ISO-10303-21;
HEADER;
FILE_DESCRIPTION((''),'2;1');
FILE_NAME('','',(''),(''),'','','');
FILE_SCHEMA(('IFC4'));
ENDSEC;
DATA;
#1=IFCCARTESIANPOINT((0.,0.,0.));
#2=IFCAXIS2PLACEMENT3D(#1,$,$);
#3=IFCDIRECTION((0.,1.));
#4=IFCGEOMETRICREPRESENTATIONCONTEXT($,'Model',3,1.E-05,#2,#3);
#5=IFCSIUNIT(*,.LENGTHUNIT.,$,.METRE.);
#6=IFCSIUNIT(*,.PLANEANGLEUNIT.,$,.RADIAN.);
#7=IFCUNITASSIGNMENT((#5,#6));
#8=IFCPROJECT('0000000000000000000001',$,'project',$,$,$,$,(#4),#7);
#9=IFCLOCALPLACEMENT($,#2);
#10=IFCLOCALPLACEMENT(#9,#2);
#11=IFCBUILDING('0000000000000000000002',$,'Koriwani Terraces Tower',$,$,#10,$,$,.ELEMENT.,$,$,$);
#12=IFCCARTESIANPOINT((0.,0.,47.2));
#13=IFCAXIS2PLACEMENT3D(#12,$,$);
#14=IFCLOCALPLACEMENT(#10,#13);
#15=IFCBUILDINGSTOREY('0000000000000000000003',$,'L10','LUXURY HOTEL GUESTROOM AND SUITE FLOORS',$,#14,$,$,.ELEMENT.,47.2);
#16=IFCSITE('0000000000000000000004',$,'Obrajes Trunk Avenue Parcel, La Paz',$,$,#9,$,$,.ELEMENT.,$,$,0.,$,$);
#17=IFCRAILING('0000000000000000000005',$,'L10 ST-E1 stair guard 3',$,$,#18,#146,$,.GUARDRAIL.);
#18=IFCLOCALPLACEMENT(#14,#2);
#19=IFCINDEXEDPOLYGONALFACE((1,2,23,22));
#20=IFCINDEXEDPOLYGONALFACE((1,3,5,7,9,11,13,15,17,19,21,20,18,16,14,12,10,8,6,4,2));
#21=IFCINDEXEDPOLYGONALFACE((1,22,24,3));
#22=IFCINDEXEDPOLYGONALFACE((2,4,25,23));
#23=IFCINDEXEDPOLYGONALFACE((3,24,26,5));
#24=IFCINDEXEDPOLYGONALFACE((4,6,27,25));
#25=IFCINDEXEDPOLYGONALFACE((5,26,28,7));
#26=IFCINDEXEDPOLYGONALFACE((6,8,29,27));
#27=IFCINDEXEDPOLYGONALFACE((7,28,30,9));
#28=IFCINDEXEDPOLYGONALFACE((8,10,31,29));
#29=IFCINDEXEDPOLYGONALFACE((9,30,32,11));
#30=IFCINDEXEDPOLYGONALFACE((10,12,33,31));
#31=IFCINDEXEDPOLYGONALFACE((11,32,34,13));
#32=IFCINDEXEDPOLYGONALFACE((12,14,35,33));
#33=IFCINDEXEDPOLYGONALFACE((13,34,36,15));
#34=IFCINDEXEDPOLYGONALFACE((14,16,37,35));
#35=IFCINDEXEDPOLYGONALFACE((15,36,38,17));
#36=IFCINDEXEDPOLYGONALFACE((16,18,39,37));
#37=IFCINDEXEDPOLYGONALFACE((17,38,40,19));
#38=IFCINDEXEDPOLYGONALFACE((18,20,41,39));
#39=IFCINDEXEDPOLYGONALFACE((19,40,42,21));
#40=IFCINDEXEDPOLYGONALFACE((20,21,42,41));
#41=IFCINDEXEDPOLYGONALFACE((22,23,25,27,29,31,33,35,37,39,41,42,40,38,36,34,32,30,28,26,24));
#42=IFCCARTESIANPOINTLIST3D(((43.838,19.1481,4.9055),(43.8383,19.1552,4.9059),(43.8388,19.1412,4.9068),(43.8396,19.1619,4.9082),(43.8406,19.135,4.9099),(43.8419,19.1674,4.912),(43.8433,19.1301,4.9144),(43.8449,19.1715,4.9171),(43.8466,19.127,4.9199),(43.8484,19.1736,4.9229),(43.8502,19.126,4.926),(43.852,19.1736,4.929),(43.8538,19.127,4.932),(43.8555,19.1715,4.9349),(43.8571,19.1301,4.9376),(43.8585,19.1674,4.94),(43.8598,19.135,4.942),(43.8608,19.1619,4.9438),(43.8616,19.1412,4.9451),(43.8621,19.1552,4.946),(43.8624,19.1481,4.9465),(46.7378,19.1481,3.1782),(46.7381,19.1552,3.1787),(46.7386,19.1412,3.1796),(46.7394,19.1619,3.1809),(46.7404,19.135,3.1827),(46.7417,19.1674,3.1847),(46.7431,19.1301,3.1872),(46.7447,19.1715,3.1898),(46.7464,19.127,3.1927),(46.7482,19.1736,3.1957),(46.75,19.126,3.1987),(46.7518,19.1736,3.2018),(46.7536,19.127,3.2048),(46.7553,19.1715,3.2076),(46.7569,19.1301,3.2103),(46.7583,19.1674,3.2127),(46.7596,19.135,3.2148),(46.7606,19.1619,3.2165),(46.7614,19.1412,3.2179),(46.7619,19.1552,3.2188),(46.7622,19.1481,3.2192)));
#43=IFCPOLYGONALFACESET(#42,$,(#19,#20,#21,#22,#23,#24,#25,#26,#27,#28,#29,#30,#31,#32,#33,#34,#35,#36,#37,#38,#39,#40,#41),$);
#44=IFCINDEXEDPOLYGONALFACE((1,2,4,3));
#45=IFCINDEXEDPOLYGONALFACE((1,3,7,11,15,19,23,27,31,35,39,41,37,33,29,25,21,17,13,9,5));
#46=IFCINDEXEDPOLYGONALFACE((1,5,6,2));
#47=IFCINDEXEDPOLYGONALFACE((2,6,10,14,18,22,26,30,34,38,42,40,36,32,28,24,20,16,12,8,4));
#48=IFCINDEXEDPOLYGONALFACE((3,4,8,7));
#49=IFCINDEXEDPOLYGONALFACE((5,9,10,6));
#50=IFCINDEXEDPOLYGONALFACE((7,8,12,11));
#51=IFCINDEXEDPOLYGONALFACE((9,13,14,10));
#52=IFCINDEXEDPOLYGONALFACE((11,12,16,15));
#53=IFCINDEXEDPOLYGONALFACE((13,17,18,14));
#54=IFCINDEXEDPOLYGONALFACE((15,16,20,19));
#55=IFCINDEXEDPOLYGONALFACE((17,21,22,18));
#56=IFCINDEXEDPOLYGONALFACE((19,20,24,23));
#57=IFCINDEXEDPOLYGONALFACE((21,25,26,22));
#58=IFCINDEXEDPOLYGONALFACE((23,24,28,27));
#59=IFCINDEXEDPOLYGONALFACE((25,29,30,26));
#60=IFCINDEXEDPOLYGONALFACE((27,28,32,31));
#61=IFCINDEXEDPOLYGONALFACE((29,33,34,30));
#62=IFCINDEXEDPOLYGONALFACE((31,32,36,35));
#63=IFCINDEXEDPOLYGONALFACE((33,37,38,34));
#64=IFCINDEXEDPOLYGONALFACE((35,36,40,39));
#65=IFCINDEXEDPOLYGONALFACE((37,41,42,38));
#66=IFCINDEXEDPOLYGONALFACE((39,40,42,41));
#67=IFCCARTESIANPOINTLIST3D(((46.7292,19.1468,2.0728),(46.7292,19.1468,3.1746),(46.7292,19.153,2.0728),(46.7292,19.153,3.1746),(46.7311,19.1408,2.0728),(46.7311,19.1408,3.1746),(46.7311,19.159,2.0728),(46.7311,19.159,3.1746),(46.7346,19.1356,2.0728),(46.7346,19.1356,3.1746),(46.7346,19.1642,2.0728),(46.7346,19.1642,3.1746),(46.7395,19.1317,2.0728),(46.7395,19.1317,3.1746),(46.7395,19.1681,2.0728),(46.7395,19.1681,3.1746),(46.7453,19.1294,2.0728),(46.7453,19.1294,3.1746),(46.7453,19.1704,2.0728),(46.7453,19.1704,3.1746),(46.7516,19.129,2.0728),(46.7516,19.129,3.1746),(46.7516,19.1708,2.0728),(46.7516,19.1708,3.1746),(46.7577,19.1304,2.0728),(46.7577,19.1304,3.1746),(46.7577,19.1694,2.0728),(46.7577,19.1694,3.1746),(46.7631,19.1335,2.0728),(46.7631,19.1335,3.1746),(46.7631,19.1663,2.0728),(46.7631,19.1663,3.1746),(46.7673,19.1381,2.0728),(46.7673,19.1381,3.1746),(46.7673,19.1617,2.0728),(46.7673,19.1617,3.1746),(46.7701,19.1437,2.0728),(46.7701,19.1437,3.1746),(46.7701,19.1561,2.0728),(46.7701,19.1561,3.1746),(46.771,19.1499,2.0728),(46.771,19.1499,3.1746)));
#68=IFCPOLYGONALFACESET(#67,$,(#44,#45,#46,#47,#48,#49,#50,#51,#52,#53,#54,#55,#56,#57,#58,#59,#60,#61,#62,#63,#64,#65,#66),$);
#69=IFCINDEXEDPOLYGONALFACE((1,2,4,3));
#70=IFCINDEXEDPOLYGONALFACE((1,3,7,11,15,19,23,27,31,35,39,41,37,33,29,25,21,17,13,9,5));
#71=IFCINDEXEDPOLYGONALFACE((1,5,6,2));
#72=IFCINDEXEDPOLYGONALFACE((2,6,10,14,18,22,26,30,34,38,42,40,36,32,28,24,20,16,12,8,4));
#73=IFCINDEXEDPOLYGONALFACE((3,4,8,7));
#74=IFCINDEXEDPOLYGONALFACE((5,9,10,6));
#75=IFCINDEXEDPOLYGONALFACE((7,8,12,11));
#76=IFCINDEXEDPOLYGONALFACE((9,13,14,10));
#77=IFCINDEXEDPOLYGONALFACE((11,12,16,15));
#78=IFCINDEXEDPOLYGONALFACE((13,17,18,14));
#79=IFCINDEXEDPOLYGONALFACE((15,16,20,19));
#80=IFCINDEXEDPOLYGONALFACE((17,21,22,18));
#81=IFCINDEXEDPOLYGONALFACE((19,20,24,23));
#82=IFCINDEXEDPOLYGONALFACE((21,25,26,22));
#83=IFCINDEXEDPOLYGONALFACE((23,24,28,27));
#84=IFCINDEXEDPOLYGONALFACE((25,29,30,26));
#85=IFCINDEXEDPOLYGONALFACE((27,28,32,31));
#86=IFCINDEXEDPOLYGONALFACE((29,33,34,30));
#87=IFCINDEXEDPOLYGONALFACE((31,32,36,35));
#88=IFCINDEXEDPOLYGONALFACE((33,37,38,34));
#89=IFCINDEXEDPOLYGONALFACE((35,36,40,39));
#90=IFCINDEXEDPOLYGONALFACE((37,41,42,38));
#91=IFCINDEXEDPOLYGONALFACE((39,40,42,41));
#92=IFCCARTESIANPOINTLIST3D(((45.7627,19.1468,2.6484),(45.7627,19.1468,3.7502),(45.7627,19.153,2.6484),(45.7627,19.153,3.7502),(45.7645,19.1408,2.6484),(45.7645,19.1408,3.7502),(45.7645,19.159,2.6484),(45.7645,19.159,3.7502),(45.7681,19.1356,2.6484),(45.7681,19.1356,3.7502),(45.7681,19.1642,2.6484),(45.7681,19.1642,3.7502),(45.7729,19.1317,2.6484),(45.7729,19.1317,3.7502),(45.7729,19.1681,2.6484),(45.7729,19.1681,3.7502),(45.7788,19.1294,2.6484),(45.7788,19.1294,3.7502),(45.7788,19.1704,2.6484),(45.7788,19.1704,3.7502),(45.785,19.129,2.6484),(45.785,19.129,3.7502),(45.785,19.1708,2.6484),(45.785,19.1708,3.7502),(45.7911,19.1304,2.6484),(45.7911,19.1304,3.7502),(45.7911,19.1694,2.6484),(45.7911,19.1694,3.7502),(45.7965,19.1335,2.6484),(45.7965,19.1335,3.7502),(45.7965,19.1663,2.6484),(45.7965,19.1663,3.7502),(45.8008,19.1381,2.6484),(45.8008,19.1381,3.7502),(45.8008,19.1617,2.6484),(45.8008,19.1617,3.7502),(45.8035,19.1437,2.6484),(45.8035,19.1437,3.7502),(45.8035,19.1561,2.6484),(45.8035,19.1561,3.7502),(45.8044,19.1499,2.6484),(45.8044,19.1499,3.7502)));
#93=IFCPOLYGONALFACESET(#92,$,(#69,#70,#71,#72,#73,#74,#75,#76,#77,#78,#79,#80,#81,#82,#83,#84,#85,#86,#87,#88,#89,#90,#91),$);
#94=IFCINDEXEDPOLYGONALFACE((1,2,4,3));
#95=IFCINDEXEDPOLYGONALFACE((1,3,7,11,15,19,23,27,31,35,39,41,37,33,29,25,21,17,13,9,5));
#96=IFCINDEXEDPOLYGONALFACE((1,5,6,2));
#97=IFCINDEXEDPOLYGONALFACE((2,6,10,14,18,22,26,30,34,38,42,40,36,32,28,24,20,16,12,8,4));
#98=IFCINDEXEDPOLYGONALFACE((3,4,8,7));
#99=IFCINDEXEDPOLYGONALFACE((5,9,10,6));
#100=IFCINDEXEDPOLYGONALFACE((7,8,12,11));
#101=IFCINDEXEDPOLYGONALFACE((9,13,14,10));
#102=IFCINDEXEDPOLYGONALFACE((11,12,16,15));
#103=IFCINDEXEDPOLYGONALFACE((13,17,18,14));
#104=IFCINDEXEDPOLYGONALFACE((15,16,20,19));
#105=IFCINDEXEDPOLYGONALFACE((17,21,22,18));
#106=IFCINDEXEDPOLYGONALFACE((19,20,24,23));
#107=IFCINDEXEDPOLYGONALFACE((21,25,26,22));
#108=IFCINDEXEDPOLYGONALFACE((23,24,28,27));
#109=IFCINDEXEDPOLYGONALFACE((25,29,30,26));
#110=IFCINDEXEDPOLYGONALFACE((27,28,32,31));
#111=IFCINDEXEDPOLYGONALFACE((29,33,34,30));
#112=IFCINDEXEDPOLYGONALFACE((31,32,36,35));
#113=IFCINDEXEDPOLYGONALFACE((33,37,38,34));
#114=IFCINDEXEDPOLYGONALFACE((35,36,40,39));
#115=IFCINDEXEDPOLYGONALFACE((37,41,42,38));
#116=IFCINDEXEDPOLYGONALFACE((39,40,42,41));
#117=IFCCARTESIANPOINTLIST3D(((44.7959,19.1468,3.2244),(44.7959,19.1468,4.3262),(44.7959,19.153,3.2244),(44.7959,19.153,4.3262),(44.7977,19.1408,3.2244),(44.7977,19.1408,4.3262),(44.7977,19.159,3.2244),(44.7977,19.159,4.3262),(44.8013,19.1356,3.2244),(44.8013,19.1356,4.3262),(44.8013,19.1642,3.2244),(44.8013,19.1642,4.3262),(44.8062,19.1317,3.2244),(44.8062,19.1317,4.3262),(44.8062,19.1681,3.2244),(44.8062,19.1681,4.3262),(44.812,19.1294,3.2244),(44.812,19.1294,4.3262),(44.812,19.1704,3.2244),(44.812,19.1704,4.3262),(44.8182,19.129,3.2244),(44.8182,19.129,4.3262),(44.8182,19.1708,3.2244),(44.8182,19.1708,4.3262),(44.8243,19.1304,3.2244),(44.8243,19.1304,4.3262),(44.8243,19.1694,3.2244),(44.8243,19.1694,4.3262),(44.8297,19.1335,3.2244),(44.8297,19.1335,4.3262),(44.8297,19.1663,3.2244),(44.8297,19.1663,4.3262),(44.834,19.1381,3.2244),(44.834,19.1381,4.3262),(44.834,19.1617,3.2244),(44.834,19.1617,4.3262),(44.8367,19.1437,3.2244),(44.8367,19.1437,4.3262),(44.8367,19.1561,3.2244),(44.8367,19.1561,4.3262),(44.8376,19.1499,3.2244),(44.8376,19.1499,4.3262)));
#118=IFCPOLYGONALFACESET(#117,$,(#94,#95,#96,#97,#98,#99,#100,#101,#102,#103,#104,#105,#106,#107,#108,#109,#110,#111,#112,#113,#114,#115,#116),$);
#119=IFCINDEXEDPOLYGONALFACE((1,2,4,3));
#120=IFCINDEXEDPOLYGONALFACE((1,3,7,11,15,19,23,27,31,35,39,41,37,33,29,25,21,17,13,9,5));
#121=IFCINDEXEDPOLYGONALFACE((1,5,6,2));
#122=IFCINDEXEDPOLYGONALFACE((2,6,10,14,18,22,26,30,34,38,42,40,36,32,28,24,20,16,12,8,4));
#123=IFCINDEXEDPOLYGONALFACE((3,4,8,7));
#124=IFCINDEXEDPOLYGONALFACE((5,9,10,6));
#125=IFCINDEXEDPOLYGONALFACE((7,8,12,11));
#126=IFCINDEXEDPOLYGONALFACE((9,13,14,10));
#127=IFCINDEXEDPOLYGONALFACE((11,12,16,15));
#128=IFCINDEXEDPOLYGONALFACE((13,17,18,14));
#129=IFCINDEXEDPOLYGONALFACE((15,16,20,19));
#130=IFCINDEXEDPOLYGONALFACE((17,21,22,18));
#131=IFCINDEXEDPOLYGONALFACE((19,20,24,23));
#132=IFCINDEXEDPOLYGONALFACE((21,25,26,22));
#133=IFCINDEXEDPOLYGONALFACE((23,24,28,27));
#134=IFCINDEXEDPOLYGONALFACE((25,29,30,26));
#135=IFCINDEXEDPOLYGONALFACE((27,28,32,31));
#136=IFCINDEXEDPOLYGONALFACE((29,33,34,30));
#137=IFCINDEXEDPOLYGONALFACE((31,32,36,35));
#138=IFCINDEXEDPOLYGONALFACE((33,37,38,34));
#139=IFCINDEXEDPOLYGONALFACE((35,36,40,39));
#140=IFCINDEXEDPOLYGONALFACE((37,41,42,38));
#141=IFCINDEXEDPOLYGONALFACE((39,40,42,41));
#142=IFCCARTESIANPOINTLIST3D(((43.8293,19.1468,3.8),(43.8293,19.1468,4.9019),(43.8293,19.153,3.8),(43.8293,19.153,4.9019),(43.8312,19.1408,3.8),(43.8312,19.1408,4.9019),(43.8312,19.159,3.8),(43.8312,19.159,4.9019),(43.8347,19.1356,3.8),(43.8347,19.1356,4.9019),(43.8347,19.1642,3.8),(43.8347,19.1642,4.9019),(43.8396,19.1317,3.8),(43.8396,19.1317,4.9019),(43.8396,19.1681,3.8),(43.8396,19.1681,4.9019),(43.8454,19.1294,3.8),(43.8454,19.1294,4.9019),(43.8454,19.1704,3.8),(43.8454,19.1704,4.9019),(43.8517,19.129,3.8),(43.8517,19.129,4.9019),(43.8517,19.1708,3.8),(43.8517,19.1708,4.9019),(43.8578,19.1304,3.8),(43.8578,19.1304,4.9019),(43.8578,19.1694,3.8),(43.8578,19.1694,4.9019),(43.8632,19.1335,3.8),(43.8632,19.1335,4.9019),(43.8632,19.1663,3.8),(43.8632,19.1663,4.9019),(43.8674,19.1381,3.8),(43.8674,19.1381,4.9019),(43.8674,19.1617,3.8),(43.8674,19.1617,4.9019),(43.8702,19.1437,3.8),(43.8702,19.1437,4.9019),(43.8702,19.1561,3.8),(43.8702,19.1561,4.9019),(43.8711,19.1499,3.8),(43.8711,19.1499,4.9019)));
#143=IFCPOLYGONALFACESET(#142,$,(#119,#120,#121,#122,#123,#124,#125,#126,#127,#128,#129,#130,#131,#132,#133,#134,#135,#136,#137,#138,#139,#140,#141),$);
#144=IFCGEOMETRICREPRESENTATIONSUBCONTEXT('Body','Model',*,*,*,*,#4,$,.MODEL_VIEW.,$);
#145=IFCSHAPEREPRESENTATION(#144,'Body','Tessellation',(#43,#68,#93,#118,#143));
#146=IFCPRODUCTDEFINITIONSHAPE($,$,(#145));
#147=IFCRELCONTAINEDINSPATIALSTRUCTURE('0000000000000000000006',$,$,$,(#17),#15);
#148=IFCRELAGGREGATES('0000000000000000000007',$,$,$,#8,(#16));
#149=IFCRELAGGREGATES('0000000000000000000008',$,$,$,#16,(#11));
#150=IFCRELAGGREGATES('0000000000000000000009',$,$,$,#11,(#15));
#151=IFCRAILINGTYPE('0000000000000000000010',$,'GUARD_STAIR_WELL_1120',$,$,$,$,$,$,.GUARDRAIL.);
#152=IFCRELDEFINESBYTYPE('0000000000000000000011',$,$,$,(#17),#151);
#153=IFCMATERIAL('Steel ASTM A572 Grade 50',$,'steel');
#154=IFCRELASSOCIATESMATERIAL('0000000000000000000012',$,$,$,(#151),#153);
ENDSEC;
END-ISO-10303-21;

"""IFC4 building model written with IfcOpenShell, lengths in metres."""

from ifc_helpers import new_model, si_unit, direction, frame, origin, origin_2d, place, context, subcontext, project, spatial, circle, extrude, material, type_object, element, save


model = new_model("IFC4")

# Units and contexts
model_context = context("Model", 3, precision=1e-05, world=origin(), true_north=direction((0.0, 1.0)))
body_context = subcontext(model_context, "Body", "Model", "MODEL_VIEW")
ifc_project = project(units=[si_unit("LENGTHUNIT", "METRE"), si_unit("PLANEANGLEUNIT", "RADIAN")], contexts=[model_context])

# Site, building, storey
site_placement = place(None, origin())
site = spatial("IfcSite", under=ifc_project, at=site_placement, Name="Obrajes Trunk Avenue Parcel, La Paz", CompositionType="ELEMENT", RefElevation=0.0)
building_placement = place(site_placement, origin())
building = spatial("IfcBuilding", under=site, at=building_placement, Name="Koriwani Terraces Tower", CompositionType="ELEMENT")
storey_placement = place(building_placement, frame((0.0, 0.0, 47.2)))
storey = spatial("IfcBuildingStorey", under=building, at=storey_placement, Name="L10", Description="LUXURY HOTEL GUESTROOM AND SUITE FLOORS", CompositionType="ELEMENT", Elevation=47.2)

# Shared definitions
ifc_material_1 = material(Name="Steel ASTM A572 Grade 50", Category="steel")

# Railing
railing_type_1 = type_object("IfcRailingType", Name="GUARD_STAIR_WELL_1120", PredefinedType="GUARDRAIL", material=ifc_material_1)
railing_1_placement = place(storey_placement, frame((46.75, 19.1499, 2.0728)))
element("IfcRailing", 1, at=railing_1_placement, inside=storey, type_object=railing_type_1, Name="L10 ST-E1 stair guard 3", PredefinedType="GUARDRAIL", context=body_context, shape_type="SweptSolid", body=[
    extrude(circle(Radius=0.0239, at=origin_2d()), frame((0.0, 0.0, 1.126), z_axis=(-0.859141, 0.0, 0.511738), x_axis=(0.0, -1.0, 0.0)), (0.0, 0.0, 1.0), 3.3752),
    extrude(circle(Radius=0.021, at=origin_2d()), origin(), (0.0, 0.0, 1.0), 1.1018),
    extrude(circle(Radius=0.021, at=origin_2d()), frame((-0.9666, 0.0, 0.5757)), (0.0, 0.0, 1.0), 1.1018),
    extrude(circle(Radius=0.021, at=origin_2d()), frame((-1.9333, 0.0, 1.1516)), (0.0, 0.0, 1.0), 1.1018),
    extrude(circle(Radius=0.021, at=origin_2d()), frame((-2.8999, 0.0, 1.7273)), (0.0, 0.0, 1.0), 1.1018),
])

save(model, "model.ifc")
